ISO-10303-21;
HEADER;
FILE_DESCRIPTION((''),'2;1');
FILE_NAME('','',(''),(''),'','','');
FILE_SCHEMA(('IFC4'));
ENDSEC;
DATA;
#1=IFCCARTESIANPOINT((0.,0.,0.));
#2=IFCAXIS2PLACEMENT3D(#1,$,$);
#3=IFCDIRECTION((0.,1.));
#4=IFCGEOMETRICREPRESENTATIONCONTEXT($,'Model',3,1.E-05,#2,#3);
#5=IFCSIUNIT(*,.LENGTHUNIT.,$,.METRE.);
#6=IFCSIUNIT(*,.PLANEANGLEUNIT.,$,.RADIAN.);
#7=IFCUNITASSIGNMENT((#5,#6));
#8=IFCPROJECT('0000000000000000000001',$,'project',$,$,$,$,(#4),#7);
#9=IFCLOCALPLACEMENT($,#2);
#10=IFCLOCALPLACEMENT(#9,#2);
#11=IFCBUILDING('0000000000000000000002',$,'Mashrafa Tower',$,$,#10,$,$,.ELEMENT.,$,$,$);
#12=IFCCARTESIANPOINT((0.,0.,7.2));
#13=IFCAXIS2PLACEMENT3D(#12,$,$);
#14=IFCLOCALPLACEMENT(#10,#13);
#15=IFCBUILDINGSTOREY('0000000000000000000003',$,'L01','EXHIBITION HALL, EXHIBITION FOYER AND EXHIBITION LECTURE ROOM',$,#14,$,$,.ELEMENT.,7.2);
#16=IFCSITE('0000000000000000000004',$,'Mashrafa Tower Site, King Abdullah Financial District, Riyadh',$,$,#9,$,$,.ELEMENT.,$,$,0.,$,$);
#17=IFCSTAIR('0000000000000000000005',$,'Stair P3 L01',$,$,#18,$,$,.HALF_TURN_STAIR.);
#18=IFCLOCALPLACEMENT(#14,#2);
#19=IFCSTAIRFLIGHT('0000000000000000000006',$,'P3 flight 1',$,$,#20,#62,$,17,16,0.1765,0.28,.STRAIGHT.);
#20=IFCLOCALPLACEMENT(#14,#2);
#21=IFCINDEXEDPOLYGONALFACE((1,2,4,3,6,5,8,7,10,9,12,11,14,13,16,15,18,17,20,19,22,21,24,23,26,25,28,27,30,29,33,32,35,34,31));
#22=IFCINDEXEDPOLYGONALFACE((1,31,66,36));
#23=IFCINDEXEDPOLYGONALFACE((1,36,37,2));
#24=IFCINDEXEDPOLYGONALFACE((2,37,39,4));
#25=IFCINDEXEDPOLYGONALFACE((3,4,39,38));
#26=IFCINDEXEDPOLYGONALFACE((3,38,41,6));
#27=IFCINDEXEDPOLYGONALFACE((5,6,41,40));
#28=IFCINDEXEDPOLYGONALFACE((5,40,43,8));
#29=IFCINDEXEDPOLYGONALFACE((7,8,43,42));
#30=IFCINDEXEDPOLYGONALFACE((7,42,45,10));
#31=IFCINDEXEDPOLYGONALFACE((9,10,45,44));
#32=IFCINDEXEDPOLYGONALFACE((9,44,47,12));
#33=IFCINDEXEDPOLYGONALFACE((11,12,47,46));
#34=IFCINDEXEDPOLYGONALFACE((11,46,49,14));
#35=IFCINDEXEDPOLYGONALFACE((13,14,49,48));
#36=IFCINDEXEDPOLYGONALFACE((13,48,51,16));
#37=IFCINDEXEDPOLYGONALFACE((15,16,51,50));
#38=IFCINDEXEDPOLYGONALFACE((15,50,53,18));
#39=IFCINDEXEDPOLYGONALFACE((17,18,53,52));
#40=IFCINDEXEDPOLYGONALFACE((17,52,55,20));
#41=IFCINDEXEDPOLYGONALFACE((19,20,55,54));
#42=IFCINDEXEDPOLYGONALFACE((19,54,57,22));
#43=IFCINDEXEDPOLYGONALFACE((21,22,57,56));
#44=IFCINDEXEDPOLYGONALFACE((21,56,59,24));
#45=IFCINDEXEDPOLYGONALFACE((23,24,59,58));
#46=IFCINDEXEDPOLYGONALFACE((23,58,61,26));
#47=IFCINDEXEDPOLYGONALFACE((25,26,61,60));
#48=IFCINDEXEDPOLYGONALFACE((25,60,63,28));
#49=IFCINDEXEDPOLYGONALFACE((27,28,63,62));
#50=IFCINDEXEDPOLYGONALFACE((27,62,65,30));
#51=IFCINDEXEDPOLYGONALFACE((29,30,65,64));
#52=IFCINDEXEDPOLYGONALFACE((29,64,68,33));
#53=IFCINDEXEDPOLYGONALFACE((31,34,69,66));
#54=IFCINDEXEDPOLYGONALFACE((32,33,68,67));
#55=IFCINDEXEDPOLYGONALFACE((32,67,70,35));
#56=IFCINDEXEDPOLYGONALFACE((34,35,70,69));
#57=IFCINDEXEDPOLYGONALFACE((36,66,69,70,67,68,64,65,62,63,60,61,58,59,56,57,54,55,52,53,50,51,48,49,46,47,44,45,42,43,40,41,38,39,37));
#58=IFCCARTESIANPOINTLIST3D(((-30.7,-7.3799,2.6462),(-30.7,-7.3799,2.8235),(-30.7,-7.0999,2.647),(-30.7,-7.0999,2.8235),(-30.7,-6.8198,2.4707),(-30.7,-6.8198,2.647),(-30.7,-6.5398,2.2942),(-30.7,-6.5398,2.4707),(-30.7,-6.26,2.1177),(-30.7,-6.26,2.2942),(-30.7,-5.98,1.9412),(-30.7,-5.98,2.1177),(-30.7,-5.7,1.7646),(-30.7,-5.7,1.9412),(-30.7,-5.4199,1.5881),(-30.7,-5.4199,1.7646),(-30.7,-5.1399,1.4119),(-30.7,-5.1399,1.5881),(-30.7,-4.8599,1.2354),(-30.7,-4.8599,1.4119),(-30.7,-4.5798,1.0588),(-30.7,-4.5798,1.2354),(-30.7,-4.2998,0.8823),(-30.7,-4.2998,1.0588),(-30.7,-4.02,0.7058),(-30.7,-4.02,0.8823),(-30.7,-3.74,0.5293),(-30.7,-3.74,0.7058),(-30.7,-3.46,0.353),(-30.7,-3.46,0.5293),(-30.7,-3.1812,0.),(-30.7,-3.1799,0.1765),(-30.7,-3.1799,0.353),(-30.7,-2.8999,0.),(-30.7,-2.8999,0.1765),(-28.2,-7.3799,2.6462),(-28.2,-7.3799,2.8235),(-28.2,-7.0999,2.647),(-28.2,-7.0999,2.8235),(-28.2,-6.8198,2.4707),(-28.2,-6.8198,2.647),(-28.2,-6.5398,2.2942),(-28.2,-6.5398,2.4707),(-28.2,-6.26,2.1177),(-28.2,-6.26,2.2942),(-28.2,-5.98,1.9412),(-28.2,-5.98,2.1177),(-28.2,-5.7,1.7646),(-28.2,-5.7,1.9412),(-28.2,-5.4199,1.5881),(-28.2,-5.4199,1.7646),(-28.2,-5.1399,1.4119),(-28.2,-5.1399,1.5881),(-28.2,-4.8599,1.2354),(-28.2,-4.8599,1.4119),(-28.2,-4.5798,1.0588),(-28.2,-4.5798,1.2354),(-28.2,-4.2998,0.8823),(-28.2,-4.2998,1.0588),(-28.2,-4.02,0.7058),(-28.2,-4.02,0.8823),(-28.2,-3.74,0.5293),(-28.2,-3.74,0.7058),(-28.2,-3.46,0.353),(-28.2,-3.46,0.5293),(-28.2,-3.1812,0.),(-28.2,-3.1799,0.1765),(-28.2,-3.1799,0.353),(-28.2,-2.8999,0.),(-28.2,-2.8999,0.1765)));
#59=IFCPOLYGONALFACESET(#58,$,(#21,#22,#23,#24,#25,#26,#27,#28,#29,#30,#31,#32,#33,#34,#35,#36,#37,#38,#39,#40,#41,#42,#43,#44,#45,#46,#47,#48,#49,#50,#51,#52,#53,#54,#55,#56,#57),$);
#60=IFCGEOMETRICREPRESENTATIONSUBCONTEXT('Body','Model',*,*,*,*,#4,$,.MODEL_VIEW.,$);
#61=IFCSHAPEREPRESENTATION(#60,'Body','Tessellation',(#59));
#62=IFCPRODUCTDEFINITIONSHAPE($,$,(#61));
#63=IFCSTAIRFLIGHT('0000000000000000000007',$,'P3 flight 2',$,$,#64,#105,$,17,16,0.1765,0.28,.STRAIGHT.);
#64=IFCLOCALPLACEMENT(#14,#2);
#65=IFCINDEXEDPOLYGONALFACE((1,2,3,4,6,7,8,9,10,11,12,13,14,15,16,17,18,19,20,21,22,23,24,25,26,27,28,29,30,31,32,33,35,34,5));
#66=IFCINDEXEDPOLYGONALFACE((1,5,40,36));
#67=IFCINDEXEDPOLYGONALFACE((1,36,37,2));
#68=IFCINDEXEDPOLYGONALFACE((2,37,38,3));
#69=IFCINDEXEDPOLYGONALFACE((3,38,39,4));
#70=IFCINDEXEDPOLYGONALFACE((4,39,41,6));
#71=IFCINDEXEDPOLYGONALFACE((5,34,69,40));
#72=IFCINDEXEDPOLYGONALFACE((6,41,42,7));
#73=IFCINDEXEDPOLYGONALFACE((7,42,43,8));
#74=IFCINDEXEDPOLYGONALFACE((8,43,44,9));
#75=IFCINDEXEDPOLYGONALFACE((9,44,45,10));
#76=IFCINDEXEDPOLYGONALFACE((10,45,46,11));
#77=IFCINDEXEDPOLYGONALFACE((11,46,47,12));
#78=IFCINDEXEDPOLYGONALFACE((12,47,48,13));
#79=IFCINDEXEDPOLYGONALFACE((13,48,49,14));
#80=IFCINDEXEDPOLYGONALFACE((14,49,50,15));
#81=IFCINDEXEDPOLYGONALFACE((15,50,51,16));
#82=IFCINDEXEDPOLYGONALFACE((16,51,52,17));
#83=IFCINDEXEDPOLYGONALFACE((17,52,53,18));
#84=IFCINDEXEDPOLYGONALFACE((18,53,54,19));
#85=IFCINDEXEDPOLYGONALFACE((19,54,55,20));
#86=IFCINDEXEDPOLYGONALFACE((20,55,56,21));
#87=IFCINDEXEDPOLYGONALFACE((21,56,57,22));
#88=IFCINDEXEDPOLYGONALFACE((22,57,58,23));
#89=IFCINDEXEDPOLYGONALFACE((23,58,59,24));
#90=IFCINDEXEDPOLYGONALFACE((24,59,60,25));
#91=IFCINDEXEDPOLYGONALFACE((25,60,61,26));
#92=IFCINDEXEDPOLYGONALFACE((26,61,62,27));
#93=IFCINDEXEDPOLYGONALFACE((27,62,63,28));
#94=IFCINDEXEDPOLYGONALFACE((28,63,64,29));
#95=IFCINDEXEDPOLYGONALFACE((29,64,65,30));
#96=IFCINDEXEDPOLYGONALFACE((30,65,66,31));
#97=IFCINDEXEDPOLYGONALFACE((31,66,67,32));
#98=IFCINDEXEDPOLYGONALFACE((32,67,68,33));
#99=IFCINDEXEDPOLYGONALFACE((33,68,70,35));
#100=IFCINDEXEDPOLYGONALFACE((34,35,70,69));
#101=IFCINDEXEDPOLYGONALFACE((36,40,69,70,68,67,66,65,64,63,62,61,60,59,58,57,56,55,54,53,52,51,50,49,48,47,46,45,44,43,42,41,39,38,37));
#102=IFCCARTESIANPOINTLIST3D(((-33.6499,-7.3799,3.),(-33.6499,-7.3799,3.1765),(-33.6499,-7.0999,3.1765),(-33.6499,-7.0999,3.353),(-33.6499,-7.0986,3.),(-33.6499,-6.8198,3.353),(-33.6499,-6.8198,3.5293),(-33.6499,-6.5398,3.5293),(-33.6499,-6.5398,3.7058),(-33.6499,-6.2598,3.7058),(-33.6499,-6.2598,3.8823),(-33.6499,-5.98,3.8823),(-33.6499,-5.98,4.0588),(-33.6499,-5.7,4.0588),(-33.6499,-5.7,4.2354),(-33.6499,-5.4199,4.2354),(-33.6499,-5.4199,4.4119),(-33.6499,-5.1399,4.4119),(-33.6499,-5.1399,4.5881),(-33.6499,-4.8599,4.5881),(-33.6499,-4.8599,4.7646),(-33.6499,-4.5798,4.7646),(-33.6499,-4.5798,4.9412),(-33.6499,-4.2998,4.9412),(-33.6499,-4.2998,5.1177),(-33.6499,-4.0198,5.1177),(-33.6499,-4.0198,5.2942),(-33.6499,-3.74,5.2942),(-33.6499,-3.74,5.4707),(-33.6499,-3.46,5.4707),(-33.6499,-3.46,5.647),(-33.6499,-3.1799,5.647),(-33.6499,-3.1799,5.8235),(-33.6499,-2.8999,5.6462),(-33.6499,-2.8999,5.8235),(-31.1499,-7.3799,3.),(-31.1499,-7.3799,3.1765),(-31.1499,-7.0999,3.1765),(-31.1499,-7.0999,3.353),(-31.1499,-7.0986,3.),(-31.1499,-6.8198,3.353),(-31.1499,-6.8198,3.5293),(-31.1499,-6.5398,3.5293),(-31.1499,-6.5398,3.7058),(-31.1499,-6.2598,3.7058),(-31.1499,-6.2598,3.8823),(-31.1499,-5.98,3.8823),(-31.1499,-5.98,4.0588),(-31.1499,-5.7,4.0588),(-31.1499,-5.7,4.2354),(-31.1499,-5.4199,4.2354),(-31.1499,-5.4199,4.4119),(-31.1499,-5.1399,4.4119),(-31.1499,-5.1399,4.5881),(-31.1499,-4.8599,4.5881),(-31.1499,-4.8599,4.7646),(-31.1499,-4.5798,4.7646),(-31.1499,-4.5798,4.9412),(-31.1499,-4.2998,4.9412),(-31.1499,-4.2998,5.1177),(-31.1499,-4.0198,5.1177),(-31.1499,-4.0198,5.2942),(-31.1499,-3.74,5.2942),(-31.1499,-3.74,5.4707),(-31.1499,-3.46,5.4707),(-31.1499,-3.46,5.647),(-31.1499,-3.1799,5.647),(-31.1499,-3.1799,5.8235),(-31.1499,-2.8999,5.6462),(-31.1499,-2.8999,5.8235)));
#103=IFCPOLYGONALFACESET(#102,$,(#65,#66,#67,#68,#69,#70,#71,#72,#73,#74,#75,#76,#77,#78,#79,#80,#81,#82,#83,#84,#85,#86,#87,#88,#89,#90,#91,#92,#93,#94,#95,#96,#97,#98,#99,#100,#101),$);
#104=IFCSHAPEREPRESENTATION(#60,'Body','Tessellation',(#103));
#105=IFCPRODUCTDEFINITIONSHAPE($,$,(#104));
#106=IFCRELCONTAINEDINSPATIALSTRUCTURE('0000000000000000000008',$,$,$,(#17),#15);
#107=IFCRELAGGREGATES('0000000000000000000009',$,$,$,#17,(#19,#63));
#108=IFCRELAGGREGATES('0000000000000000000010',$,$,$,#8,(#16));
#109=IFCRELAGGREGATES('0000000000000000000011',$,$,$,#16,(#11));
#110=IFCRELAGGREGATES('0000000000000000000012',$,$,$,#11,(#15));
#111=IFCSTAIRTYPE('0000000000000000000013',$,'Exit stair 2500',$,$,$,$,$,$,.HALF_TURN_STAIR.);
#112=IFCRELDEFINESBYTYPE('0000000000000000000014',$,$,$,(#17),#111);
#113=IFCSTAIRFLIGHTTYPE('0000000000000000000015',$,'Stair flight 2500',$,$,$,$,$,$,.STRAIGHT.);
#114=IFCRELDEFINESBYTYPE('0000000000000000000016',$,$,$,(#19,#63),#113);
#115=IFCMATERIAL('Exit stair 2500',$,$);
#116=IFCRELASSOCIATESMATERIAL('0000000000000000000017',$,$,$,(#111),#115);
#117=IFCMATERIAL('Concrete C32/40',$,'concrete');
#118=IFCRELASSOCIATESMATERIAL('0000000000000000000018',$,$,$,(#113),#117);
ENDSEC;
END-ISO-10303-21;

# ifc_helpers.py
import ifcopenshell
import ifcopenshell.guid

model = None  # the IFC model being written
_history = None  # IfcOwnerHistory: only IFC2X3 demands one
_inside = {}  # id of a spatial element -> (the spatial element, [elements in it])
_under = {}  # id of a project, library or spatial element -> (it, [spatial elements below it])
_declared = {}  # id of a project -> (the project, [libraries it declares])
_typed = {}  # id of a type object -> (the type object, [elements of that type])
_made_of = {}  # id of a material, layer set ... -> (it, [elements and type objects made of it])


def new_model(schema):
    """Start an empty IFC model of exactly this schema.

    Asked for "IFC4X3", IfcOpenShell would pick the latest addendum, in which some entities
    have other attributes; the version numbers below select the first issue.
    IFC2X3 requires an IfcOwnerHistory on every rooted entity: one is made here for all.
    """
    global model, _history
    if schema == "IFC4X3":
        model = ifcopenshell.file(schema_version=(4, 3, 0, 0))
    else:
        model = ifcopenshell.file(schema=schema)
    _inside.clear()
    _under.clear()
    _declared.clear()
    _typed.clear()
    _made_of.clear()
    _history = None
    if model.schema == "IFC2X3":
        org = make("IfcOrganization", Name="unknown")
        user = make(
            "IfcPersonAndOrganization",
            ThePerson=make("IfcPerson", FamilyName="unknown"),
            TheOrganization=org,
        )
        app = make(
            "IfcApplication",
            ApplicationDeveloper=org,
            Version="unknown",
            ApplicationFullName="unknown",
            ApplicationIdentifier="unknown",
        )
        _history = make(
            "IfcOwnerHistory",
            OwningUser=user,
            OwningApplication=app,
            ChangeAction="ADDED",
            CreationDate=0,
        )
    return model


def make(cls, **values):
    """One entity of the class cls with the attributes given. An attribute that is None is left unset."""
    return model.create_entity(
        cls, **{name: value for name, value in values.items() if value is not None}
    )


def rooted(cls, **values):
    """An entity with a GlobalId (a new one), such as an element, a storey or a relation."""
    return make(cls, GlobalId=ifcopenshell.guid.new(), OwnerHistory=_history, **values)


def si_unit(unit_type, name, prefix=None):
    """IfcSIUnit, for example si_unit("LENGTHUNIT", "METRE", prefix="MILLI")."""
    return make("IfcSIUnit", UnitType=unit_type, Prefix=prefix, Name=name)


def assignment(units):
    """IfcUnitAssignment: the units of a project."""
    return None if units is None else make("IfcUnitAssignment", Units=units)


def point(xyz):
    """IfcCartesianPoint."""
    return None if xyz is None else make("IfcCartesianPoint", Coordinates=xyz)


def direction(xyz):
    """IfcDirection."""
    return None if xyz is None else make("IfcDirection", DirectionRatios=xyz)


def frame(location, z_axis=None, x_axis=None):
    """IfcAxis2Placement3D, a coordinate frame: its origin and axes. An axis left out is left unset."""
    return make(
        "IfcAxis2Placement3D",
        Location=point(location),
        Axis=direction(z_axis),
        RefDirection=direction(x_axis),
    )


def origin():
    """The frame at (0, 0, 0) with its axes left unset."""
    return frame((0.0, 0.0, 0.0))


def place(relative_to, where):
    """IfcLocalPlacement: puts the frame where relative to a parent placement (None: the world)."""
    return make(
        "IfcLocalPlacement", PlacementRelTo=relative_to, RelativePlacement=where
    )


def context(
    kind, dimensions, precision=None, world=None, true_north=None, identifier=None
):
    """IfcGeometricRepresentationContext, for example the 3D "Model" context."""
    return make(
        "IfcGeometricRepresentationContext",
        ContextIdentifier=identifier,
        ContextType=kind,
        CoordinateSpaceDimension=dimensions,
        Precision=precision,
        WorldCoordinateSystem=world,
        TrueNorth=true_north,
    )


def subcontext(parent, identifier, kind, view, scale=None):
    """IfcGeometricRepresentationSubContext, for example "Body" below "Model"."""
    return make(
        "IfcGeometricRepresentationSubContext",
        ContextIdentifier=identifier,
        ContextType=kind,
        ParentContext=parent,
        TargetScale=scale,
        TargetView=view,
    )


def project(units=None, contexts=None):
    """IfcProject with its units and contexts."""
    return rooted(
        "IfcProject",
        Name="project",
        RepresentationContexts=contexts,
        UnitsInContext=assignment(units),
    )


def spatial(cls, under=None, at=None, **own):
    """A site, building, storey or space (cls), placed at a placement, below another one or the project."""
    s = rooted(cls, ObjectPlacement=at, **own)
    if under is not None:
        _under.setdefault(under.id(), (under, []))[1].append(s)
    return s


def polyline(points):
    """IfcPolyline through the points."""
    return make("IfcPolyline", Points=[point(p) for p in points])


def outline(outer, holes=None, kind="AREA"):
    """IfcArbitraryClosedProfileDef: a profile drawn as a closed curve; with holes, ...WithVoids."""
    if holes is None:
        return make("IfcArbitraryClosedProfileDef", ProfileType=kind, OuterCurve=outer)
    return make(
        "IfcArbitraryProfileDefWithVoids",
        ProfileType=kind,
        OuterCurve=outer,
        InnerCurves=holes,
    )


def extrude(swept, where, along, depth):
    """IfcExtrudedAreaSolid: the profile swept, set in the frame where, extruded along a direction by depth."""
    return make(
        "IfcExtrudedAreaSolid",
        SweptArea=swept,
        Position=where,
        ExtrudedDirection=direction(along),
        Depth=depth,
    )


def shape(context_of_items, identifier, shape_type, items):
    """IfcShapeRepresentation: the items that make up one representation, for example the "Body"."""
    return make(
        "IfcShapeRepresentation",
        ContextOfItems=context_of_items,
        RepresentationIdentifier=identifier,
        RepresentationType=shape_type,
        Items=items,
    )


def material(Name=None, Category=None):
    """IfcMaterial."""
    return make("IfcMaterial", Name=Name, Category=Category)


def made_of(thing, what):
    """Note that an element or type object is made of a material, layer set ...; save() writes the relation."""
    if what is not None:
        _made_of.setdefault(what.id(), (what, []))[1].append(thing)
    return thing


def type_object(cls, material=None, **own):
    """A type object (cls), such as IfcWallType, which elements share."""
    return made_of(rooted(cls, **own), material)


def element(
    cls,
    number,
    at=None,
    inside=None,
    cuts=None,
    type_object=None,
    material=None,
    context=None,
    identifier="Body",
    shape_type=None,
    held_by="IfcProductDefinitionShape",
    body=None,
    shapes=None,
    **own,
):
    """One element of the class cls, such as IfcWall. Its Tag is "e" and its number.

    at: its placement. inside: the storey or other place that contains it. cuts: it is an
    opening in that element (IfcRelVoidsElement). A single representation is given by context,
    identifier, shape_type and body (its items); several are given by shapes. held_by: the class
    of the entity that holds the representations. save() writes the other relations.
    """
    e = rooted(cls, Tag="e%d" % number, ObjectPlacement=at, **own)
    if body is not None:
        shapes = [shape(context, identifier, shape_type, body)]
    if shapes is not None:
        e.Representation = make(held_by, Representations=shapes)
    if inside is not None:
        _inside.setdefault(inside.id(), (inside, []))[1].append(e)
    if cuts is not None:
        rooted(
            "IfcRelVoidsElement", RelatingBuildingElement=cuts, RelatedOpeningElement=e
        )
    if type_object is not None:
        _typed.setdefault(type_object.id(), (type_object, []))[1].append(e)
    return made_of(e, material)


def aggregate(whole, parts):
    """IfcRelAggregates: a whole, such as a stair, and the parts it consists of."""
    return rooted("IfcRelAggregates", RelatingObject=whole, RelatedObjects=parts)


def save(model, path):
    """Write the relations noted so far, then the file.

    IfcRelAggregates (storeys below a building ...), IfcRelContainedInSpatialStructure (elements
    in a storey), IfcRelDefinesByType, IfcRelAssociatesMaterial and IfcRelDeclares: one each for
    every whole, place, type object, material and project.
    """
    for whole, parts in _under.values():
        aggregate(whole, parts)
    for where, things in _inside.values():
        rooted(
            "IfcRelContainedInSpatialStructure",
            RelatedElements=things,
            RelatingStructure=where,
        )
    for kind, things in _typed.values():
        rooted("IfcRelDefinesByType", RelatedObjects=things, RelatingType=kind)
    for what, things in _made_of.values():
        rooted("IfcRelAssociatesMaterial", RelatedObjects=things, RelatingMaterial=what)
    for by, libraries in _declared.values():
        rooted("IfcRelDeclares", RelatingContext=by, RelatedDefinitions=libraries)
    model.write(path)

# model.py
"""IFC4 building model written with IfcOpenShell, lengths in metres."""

from ifc_helpers import new_model, si_unit, direction, frame, origin, place, context, subcontext, project, spatial, polyline, outline, extrude, material, type_object, element, aggregate, save


model = new_model("IFC4")

# Units and contexts
model_context = context("Model", 3, precision=1e-05, world=origin(), true_north=direction((0.0, 1.0)))
body_context = subcontext(model_context, "Body", "Model", "MODEL_VIEW")
ifc_project = project(units=[si_unit("LENGTHUNIT", "METRE"), si_unit("PLANEANGLEUNIT", "RADIAN")], contexts=[model_context])

# Site, building, storey
site_placement = place(None, origin())
site = spatial("IfcSite", under=ifc_project, at=site_placement, Name="Mashrafa Tower Site, King Abdullah Financial District, Riyadh", CompositionType="ELEMENT", RefElevation=0.0)
building_placement = place(site_placement, origin())
building = spatial("IfcBuilding", under=site, at=building_placement, Name="Mashrafa Tower", CompositionType="ELEMENT")
storey_placement = place(building_placement, frame((0.0, 0.0, 7.2)))
storey = spatial("IfcBuildingStorey", under=building, at=storey_placement, Name="L01", Description="EXHIBITION HALL, EXHIBITION FOYER AND EXHIBITION LECTURE ROOM", CompositionType="ELEMENT", Elevation=7.2)

# Stair, stair flights
ifc_material_1 = material(Name="Exit stair 2500")
stair_type = type_object("IfcStairType", Name="Exit stair 2500", PredefinedType="HALF_TURN_STAIR", material=ifc_material_1)
stair_placement = place(storey_placement, origin())
stair = element("IfcStair", 1, at=stair_placement, inside=storey, type_object=stair_type, Name="Stair P3 L01", PredefinedType="HALF_TURN_STAIR")
ifc_material_2 = material(Name="Concrete C32/40", Category="concrete")
stair_flight_type = type_object("IfcStairFlightType", Name="Stair flight 2500", PredefinedType="STRAIGHT", material=ifc_material_2)
stair_flight_1_placement = place(storey_placement, frame((-29.45, -2.8999, 0.0), z_axis=(0.0, 0.0, 1.0), x_axis=(0.0, -1.0, 0.0)))
stair_flight_1 = element("IfcStairFlight", 2, at=stair_flight_1_placement, type_object=stair_flight_type, Name="P3 flight 1", NumberOfRisers=17, NumberOfTreads=16, PredefinedType="STRAIGHT", RiserHeight=0.1765, TreadLength=0.28, context=body_context, shape_type="SweptSolid", body=[
    extrude(outline(polyline([(0.0, 0.0), (0.0, 0.1765), (0.28, 0.1765), (0.28, 0.353), (0.5601, 0.353), (0.5601, 0.5293), (0.8401, 0.5293), (0.8401, 0.7058), (1.1201, 0.7058), (1.1201, 0.8823), (1.3999, 0.8823), (1.3999, 1.0588), (1.6799, 1.0588), (1.6799, 1.2354), (1.96, 1.2354), (1.96, 1.4119), (2.24, 1.4119), (2.24, 1.5881), (2.52, 1.5881), (2.52, 1.7646), (2.8, 1.7646), (2.8, 1.9412), (3.0801, 1.9412), (3.0801, 2.1177), (3.3601, 2.1177), (3.3601, 2.2942), (3.6399, 2.2942), (3.6399, 2.4707), (3.9199, 2.4707), (3.9199, 2.647), (4.2, 2.647), (4.2, 2.8235), (4.48, 2.8235), (4.48, 3.0), (4.48, 2.6462), (0.2812, 0.0), (0.0, 0.0)])), frame((0.0, 1.25, 0.0), z_axis=(0.0, -1.0, 0.0), x_axis=(1.0, 0.0, 0.0)), (0.0, 0.0, 1.0), 2.5),
])
stair_flight_2_placement = place(storey_placement, frame((-32.3999, -7.3799, 3.0), z_axis=(0.0, 0.0, 1.0), x_axis=(0.0, 1.0, 0.0)))
stair_flight_2 = element("IfcStairFlight", 3, at=stair_flight_2_placement, type_object=stair_flight_type, Name="P3 flight 2", NumberOfRisers=17, NumberOfTreads=16, PredefinedType="STRAIGHT", RiserHeight=0.1765, TreadLength=0.28, context=body_context, shape_type="SweptSolid", body=[
    extrude(outline(polyline([(0.0, 0.0), (0.0, 0.1765), (0.28, 0.1765), (0.28, 0.353), (0.5601, 0.353), (0.5601, 0.5293), (0.8401, 0.5293), (0.8401, 0.7058), (1.1201, 0.7058), (1.1201, 0.8823), (1.3999, 0.8823), (1.3999, 1.0588), (1.6799, 1.0588), (1.6799, 1.2354), (1.96, 1.2354), (1.96, 1.4119), (2.24, 1.4119), (2.24, 1.5881), (2.52, 1.5881), (2.52, 1.7646), (2.8, 1.7646), (2.8, 1.9412), (3.0801, 1.9412), (3.0801, 2.1177), (3.3601, 2.1177), (3.3601, 2.2942), (3.6399, 2.2942), (3.6399, 2.4707), (3.9199, 2.4707), (3.9199, 2.647), (4.2, 2.647), (4.2, 2.8235), (4.48, 2.8235), (4.48, 3.0), (4.48, 2.6462), (0.2812, 0.0), (0.0, 0.0)])), frame((0.0, 1.25, 0.0), z_axis=(0.0, -1.0, 0.0), x_axis=(1.0, 0.0, 0.0)), (0.0, 0.0, 1.0), 2.5),
])
aggregate(stair, [stair_flight_1, stair_flight_2])

save(model, "model.ifc")
